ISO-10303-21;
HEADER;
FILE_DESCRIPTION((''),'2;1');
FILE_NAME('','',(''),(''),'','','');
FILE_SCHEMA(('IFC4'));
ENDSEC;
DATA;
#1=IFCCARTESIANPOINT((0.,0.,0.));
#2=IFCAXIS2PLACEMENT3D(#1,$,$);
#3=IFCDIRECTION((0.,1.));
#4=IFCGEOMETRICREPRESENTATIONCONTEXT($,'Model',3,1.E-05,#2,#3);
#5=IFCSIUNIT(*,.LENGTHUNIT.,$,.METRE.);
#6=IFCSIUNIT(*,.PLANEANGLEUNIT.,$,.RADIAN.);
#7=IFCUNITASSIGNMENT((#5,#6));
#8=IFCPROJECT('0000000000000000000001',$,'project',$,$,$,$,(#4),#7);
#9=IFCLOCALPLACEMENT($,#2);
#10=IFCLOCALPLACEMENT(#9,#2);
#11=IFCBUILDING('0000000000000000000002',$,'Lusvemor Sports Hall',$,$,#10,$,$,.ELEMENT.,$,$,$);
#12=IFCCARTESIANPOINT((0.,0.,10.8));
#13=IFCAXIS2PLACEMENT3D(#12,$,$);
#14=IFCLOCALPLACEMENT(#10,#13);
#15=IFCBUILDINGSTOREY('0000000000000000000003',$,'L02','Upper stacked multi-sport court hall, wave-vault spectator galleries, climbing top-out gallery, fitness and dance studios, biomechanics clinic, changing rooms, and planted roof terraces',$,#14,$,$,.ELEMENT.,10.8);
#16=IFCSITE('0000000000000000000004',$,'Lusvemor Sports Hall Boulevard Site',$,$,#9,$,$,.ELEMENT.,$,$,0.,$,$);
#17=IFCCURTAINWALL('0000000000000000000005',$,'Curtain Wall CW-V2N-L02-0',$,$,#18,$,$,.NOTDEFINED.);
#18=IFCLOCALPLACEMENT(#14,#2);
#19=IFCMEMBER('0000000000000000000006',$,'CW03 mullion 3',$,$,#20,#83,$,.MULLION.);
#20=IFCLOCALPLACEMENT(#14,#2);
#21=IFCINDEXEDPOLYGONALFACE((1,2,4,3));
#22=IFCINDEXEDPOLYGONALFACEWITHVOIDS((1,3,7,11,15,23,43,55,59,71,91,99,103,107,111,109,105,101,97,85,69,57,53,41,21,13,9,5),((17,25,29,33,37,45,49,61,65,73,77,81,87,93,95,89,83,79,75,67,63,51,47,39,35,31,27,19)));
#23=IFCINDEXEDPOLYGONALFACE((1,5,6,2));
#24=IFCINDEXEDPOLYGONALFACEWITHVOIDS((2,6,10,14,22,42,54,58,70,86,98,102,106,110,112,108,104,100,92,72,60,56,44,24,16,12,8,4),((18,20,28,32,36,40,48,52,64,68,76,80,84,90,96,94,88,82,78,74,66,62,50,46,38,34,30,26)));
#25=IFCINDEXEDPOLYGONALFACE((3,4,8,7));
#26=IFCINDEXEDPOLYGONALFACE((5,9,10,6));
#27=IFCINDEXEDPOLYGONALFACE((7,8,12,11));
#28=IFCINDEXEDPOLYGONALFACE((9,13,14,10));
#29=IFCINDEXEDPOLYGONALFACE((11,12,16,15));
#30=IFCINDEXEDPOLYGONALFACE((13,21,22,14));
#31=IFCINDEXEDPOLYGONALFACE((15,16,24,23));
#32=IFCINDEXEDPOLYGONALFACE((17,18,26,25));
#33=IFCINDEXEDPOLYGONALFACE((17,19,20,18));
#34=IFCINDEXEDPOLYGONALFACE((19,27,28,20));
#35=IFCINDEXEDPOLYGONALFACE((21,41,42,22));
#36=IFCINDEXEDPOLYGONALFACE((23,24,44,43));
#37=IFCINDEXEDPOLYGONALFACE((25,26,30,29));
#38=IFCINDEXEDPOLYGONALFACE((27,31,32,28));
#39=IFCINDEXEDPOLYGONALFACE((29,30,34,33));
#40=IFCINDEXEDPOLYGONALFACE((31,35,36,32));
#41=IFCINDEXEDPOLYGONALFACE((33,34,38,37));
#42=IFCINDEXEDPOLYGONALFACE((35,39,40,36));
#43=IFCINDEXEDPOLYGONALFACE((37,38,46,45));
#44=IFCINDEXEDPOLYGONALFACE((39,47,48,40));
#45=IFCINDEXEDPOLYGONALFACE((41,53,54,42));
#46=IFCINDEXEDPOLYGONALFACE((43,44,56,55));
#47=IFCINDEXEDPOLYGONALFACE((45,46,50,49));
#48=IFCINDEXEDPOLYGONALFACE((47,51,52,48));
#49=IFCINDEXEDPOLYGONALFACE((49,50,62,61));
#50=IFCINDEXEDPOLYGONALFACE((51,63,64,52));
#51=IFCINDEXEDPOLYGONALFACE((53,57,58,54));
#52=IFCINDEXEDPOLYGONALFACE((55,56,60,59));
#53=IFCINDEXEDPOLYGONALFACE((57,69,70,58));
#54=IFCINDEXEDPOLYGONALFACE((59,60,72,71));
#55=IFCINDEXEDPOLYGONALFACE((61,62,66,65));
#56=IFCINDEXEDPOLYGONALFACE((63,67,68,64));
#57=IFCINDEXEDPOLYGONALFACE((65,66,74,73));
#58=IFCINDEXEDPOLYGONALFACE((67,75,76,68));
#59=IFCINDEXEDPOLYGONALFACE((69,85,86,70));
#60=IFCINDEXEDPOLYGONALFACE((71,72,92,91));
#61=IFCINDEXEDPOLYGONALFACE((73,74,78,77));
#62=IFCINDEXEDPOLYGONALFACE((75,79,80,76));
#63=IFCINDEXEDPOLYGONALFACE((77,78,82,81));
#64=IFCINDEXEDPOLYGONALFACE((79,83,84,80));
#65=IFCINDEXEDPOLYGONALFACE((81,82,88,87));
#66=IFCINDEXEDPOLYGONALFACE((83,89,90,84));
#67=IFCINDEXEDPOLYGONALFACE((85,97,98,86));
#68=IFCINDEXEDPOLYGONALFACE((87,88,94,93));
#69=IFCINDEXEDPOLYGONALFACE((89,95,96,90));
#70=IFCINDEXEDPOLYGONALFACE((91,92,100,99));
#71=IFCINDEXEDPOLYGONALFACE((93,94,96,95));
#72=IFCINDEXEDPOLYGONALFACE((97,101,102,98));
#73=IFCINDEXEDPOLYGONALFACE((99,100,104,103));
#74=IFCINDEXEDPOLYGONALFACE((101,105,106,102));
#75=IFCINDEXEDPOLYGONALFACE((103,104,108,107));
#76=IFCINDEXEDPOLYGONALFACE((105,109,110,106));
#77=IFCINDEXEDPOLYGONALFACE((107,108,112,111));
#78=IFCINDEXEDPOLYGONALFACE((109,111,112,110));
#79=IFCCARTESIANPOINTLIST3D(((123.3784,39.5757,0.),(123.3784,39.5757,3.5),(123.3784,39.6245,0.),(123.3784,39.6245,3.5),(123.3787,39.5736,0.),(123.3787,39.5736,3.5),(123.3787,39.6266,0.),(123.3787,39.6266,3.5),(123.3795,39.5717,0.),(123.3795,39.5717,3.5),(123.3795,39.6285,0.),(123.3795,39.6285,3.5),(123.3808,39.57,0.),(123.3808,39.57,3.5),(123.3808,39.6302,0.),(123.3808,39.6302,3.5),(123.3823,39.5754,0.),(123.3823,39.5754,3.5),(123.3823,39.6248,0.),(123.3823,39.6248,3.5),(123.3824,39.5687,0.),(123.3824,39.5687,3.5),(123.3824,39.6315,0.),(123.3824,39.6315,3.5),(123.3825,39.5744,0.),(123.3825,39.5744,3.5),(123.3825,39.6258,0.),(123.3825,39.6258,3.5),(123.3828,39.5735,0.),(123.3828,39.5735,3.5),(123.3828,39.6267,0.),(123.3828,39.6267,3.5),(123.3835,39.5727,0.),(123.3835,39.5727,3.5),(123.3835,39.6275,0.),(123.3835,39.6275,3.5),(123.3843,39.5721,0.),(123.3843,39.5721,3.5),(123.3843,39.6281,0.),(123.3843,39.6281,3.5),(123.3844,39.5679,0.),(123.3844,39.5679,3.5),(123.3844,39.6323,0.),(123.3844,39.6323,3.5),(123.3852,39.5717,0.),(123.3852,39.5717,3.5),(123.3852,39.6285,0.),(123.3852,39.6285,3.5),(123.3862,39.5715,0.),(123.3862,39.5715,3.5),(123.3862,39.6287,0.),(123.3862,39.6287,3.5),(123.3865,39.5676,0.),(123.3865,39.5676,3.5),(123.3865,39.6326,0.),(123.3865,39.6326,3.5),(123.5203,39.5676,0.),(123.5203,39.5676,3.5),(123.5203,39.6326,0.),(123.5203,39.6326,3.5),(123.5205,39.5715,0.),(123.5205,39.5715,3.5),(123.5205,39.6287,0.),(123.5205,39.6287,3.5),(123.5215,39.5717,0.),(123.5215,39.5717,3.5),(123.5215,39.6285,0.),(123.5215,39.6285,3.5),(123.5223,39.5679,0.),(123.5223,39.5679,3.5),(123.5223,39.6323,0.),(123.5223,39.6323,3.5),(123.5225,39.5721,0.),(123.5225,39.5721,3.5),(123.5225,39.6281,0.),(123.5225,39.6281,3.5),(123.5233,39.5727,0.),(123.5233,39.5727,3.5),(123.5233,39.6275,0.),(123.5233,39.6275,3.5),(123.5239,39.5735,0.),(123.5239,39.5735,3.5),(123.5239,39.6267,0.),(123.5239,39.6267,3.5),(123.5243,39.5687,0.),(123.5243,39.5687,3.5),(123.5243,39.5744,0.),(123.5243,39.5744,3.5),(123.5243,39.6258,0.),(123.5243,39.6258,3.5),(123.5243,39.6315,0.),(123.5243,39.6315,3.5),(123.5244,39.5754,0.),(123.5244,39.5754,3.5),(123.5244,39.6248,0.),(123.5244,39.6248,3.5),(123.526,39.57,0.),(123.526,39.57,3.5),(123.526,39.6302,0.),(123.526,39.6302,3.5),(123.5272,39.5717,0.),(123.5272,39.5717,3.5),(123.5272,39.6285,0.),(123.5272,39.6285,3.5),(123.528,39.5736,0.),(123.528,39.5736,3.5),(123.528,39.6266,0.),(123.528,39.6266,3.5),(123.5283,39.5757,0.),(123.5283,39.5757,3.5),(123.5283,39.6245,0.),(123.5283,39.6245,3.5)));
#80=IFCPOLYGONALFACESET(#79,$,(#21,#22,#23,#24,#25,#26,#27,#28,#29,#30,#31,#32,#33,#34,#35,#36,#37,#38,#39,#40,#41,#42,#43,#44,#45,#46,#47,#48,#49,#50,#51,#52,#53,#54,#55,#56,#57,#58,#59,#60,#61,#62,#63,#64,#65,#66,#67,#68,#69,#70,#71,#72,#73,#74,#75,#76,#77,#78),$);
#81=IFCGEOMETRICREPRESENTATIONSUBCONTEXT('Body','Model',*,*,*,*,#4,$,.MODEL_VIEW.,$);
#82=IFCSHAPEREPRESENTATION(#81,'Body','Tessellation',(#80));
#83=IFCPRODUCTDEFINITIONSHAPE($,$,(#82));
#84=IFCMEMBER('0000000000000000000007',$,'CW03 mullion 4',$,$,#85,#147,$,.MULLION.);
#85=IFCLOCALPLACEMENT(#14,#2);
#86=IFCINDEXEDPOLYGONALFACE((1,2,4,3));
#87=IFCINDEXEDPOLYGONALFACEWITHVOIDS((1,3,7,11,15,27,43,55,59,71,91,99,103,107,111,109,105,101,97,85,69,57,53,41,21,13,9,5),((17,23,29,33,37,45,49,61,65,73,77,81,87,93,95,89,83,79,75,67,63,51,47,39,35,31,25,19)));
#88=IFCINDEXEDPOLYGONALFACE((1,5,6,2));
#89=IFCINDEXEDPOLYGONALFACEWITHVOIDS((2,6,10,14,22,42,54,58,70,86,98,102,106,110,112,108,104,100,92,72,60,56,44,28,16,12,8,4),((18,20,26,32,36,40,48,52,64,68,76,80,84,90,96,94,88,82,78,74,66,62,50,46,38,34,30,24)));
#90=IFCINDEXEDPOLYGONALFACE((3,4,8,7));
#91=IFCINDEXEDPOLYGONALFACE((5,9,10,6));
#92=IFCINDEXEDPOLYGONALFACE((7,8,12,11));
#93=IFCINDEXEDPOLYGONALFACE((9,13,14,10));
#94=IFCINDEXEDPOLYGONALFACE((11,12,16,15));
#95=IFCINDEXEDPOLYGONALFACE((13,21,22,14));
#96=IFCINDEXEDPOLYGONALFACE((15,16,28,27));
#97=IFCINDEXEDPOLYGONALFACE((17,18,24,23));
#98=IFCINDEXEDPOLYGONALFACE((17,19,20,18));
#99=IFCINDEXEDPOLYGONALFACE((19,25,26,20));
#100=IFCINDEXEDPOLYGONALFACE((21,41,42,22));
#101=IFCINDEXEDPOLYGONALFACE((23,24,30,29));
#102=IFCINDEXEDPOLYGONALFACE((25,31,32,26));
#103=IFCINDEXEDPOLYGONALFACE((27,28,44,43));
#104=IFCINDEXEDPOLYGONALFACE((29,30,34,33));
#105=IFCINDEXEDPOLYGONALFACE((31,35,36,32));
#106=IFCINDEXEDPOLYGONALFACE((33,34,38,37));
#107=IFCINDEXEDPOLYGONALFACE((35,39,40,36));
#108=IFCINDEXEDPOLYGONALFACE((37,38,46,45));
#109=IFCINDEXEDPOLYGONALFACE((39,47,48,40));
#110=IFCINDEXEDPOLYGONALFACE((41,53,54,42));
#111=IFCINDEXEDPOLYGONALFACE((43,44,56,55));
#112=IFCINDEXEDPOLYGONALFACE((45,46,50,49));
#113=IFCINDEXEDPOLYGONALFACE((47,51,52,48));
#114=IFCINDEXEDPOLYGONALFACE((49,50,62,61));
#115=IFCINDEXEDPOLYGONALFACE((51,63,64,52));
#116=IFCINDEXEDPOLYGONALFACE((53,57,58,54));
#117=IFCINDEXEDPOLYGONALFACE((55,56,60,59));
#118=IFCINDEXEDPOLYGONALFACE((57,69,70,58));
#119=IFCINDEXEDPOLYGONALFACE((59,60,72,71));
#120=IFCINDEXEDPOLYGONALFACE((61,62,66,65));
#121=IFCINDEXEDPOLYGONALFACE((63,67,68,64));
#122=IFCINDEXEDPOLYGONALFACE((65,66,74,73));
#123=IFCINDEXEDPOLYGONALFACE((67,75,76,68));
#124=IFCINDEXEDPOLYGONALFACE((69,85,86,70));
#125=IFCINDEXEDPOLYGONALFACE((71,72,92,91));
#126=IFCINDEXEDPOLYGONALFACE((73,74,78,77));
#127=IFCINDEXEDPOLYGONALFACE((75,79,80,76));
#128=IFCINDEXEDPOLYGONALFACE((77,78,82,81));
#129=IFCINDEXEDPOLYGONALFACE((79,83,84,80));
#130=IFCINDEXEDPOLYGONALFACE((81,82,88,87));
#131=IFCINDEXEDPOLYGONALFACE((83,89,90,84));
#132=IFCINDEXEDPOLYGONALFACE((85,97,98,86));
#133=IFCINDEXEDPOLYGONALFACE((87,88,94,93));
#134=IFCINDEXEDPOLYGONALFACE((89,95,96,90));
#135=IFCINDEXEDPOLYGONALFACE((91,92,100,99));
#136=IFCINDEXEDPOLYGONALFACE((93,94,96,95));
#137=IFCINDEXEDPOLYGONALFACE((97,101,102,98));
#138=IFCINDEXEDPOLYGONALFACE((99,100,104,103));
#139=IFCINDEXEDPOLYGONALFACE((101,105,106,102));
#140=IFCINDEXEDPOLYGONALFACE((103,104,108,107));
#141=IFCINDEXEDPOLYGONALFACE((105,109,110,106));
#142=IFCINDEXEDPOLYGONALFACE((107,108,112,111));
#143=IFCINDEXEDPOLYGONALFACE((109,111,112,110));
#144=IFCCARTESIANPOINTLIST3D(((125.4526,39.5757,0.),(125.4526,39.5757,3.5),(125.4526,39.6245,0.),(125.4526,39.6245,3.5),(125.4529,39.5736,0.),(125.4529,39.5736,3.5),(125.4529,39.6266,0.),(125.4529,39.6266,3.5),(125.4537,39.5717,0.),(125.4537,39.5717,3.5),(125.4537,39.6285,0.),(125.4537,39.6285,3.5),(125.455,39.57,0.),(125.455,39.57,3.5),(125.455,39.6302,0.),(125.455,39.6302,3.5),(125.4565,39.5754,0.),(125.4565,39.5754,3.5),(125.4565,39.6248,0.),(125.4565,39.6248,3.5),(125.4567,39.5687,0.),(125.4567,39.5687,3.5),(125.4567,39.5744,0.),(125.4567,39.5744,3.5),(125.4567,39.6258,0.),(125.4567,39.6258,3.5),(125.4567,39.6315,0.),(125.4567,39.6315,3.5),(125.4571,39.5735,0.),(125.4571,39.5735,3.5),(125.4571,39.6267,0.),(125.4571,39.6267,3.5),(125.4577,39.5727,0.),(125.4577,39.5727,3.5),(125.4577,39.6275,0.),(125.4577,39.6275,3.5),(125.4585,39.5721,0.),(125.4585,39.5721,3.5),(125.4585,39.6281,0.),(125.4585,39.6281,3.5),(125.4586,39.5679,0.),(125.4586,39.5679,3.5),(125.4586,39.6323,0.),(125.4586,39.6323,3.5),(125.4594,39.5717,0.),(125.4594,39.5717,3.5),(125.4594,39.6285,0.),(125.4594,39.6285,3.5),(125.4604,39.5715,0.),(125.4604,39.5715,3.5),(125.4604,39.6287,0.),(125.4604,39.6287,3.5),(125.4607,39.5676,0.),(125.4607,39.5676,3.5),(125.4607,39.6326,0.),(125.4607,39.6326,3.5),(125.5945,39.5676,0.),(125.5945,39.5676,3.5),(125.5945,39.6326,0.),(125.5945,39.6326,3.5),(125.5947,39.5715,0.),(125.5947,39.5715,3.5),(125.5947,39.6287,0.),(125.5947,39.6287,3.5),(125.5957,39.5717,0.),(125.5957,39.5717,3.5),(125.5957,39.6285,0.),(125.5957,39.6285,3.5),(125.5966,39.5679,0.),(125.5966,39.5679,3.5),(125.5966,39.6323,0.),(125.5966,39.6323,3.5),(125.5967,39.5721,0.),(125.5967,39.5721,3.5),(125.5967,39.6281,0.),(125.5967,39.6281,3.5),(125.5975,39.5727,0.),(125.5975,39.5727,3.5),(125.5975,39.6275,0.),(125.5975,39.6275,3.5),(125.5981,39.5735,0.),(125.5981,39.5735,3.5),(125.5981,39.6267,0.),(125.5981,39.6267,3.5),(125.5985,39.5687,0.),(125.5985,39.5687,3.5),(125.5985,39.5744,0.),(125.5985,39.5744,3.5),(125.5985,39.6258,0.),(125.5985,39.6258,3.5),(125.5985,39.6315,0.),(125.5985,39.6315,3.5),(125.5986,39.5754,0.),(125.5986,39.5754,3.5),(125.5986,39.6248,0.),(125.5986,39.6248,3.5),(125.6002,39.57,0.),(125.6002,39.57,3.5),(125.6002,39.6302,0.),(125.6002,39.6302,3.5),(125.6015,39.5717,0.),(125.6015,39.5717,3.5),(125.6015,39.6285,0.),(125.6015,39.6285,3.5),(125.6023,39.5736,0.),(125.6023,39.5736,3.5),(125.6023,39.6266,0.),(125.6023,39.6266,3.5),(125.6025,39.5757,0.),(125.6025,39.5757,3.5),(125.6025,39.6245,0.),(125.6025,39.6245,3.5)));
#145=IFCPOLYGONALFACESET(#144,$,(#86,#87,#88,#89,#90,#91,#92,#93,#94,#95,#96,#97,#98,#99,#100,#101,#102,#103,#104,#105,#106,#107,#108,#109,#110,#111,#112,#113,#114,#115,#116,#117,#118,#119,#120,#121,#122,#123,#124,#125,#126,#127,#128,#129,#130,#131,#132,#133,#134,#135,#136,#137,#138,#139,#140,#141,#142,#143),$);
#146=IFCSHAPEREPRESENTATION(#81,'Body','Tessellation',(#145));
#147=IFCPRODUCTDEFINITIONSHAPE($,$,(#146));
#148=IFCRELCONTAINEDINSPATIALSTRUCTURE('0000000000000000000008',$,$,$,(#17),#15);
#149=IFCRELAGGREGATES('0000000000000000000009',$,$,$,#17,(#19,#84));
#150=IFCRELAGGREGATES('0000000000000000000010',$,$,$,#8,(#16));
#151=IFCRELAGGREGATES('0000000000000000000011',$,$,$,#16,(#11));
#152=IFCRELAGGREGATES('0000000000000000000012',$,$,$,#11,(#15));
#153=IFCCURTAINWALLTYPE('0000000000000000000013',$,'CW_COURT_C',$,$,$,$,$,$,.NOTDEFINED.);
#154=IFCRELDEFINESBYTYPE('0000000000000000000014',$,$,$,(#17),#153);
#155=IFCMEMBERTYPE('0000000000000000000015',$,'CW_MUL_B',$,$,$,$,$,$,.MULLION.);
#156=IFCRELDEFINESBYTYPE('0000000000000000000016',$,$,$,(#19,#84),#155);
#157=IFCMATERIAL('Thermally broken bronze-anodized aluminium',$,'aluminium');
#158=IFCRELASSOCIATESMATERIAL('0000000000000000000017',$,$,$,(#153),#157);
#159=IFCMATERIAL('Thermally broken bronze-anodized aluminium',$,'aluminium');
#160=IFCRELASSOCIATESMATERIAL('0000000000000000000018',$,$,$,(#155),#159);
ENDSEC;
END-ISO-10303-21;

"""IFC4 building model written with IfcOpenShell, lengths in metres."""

from ifc_helpers import new_model, si_unit, direction, frame, origin, origin_2d, place, context, subcontext, project, spatial, hollow_rectangle, extrude, material, material_profile, profile_set, type_object, element, aggregate, save


model = new_model("IFC4")

# Units and contexts
model_context = context("Model", 3, precision=1e-05, world=origin(), true_north=direction((0.0, 1.0)))
body_context = subcontext(model_context, "Body", "Model", "MODEL_VIEW")
ifc_project = project(units=[si_unit("LENGTHUNIT", "METRE"), si_unit("PLANEANGLEUNIT", "RADIAN")], contexts=[model_context])

# Site, building, storey
site_placement = place(None, origin())
site = spatial("IfcSite", under=ifc_project, at=site_placement, Name="Lusvemor Sports Hall Boulevard Site", CompositionType="ELEMENT", RefElevation=0.0)
building_placement = place(site_placement, origin())
building = spatial("IfcBuilding", under=site, at=building_placement, Name="Lusvemor Sports Hall", CompositionType="ELEMENT")
storey_placement = place(building_placement, frame((0.0, 0.0, 10.8)))
storey = spatial("IfcBuildingStorey", under=building, at=storey_placement, Name="L02", Description="Upper stacked multi-sport court hall, wave-vault spectator galleries, climbing top-out gallery, fitness and dance studios, biomechanics clinic, changing rooms, and planted roof terraces", CompositionType="ELEMENT", Elevation=10.8)

# Curtain wall, members
ifc_material_1 = material(Name="Thermally broken bronze-anodized aluminium", Category="aluminium")
curtain_wall_type = type_object("IfcCurtainWallType", Name="CW_COURT_C", PredefinedType="NOTDEFINED", material=ifc_material_1)
curtain_wall_1_placement = place(storey_placement, origin())
curtain_wall_1 = element("IfcCurtainWall", 1, at=curtain_wall_1_placement, inside=storey, type_object=curtain_wall_type, Name="Curtain Wall CW-V2N-L02-0", PredefinedType="NOTDEFINED")
ifc_material_2 = material(Name="Thermally broken bronze-anodized aluminium", Category="aluminium")
ifc_material_profile_1 = material_profile(ifc_material_2, hollow_rectangle(XDim=0.0649, YDim=0.1499, WallThickness=0.0039, InnerFilletRadius=0.0039, OuterFilletRadius=0.0081, at=origin_2d()), Name="CWMUL150x65x4")
ifc_profile_set_1 = profile_set([ifc_material_profile_1], Name="Thermally broken bronze-anodized aluminium")
member_type_1 = type_object("IfcMemberType", Name="CW_MUL_B", PredefinedType="MULLION", material=ifc_profile_set_1)
member_1_placement = place(storey_placement, frame((123.4534, 39.6001, 0.0), z_axis=(0.0, 0.0, 1.0), x_axis=(0.0, 1.0, 0.0)))
member_1 = element("IfcMember", 2, at=member_1_placement, type_object=member_type_1, Name="CW03 mullion 3", PredefinedType="MULLION", context=body_context, shape_type="SweptSolid", body=[
    extrude(hollow_rectangle(XDim=0.0649, YDim=0.1499, WallThickness=0.0039, InnerFilletRadius=0.0039, OuterFilletRadius=0.0081, at=origin_2d()), origin(), (0.0, 0.0, 1.0), 3.5),
])
member_2_placement = place(storey_placement, frame((125.5276, 39.6001, 0.0), z_axis=(0.0, 0.0, 1.0), x_axis=(0.0, 1.0, 0.0)))
member_2 = element("IfcMember", 3, at=member_2_placement, type_object=member_type_1, Name="CW03 mullion 4", PredefinedType="MULLION", context=body_context, shape_type="SweptSolid", body=[
    extrude(hollow_rectangle(XDim=0.0649, YDim=0.1499, WallThickness=0.0039, InnerFilletRadius=0.0039, OuterFilletRadius=0.0081, at=origin_2d()), origin(), (0.0, 0.0, 1.0), 3.5),
])

aggregate(curtain_wall_1, [member_1, member_2])

save(model, "model.ifc")
